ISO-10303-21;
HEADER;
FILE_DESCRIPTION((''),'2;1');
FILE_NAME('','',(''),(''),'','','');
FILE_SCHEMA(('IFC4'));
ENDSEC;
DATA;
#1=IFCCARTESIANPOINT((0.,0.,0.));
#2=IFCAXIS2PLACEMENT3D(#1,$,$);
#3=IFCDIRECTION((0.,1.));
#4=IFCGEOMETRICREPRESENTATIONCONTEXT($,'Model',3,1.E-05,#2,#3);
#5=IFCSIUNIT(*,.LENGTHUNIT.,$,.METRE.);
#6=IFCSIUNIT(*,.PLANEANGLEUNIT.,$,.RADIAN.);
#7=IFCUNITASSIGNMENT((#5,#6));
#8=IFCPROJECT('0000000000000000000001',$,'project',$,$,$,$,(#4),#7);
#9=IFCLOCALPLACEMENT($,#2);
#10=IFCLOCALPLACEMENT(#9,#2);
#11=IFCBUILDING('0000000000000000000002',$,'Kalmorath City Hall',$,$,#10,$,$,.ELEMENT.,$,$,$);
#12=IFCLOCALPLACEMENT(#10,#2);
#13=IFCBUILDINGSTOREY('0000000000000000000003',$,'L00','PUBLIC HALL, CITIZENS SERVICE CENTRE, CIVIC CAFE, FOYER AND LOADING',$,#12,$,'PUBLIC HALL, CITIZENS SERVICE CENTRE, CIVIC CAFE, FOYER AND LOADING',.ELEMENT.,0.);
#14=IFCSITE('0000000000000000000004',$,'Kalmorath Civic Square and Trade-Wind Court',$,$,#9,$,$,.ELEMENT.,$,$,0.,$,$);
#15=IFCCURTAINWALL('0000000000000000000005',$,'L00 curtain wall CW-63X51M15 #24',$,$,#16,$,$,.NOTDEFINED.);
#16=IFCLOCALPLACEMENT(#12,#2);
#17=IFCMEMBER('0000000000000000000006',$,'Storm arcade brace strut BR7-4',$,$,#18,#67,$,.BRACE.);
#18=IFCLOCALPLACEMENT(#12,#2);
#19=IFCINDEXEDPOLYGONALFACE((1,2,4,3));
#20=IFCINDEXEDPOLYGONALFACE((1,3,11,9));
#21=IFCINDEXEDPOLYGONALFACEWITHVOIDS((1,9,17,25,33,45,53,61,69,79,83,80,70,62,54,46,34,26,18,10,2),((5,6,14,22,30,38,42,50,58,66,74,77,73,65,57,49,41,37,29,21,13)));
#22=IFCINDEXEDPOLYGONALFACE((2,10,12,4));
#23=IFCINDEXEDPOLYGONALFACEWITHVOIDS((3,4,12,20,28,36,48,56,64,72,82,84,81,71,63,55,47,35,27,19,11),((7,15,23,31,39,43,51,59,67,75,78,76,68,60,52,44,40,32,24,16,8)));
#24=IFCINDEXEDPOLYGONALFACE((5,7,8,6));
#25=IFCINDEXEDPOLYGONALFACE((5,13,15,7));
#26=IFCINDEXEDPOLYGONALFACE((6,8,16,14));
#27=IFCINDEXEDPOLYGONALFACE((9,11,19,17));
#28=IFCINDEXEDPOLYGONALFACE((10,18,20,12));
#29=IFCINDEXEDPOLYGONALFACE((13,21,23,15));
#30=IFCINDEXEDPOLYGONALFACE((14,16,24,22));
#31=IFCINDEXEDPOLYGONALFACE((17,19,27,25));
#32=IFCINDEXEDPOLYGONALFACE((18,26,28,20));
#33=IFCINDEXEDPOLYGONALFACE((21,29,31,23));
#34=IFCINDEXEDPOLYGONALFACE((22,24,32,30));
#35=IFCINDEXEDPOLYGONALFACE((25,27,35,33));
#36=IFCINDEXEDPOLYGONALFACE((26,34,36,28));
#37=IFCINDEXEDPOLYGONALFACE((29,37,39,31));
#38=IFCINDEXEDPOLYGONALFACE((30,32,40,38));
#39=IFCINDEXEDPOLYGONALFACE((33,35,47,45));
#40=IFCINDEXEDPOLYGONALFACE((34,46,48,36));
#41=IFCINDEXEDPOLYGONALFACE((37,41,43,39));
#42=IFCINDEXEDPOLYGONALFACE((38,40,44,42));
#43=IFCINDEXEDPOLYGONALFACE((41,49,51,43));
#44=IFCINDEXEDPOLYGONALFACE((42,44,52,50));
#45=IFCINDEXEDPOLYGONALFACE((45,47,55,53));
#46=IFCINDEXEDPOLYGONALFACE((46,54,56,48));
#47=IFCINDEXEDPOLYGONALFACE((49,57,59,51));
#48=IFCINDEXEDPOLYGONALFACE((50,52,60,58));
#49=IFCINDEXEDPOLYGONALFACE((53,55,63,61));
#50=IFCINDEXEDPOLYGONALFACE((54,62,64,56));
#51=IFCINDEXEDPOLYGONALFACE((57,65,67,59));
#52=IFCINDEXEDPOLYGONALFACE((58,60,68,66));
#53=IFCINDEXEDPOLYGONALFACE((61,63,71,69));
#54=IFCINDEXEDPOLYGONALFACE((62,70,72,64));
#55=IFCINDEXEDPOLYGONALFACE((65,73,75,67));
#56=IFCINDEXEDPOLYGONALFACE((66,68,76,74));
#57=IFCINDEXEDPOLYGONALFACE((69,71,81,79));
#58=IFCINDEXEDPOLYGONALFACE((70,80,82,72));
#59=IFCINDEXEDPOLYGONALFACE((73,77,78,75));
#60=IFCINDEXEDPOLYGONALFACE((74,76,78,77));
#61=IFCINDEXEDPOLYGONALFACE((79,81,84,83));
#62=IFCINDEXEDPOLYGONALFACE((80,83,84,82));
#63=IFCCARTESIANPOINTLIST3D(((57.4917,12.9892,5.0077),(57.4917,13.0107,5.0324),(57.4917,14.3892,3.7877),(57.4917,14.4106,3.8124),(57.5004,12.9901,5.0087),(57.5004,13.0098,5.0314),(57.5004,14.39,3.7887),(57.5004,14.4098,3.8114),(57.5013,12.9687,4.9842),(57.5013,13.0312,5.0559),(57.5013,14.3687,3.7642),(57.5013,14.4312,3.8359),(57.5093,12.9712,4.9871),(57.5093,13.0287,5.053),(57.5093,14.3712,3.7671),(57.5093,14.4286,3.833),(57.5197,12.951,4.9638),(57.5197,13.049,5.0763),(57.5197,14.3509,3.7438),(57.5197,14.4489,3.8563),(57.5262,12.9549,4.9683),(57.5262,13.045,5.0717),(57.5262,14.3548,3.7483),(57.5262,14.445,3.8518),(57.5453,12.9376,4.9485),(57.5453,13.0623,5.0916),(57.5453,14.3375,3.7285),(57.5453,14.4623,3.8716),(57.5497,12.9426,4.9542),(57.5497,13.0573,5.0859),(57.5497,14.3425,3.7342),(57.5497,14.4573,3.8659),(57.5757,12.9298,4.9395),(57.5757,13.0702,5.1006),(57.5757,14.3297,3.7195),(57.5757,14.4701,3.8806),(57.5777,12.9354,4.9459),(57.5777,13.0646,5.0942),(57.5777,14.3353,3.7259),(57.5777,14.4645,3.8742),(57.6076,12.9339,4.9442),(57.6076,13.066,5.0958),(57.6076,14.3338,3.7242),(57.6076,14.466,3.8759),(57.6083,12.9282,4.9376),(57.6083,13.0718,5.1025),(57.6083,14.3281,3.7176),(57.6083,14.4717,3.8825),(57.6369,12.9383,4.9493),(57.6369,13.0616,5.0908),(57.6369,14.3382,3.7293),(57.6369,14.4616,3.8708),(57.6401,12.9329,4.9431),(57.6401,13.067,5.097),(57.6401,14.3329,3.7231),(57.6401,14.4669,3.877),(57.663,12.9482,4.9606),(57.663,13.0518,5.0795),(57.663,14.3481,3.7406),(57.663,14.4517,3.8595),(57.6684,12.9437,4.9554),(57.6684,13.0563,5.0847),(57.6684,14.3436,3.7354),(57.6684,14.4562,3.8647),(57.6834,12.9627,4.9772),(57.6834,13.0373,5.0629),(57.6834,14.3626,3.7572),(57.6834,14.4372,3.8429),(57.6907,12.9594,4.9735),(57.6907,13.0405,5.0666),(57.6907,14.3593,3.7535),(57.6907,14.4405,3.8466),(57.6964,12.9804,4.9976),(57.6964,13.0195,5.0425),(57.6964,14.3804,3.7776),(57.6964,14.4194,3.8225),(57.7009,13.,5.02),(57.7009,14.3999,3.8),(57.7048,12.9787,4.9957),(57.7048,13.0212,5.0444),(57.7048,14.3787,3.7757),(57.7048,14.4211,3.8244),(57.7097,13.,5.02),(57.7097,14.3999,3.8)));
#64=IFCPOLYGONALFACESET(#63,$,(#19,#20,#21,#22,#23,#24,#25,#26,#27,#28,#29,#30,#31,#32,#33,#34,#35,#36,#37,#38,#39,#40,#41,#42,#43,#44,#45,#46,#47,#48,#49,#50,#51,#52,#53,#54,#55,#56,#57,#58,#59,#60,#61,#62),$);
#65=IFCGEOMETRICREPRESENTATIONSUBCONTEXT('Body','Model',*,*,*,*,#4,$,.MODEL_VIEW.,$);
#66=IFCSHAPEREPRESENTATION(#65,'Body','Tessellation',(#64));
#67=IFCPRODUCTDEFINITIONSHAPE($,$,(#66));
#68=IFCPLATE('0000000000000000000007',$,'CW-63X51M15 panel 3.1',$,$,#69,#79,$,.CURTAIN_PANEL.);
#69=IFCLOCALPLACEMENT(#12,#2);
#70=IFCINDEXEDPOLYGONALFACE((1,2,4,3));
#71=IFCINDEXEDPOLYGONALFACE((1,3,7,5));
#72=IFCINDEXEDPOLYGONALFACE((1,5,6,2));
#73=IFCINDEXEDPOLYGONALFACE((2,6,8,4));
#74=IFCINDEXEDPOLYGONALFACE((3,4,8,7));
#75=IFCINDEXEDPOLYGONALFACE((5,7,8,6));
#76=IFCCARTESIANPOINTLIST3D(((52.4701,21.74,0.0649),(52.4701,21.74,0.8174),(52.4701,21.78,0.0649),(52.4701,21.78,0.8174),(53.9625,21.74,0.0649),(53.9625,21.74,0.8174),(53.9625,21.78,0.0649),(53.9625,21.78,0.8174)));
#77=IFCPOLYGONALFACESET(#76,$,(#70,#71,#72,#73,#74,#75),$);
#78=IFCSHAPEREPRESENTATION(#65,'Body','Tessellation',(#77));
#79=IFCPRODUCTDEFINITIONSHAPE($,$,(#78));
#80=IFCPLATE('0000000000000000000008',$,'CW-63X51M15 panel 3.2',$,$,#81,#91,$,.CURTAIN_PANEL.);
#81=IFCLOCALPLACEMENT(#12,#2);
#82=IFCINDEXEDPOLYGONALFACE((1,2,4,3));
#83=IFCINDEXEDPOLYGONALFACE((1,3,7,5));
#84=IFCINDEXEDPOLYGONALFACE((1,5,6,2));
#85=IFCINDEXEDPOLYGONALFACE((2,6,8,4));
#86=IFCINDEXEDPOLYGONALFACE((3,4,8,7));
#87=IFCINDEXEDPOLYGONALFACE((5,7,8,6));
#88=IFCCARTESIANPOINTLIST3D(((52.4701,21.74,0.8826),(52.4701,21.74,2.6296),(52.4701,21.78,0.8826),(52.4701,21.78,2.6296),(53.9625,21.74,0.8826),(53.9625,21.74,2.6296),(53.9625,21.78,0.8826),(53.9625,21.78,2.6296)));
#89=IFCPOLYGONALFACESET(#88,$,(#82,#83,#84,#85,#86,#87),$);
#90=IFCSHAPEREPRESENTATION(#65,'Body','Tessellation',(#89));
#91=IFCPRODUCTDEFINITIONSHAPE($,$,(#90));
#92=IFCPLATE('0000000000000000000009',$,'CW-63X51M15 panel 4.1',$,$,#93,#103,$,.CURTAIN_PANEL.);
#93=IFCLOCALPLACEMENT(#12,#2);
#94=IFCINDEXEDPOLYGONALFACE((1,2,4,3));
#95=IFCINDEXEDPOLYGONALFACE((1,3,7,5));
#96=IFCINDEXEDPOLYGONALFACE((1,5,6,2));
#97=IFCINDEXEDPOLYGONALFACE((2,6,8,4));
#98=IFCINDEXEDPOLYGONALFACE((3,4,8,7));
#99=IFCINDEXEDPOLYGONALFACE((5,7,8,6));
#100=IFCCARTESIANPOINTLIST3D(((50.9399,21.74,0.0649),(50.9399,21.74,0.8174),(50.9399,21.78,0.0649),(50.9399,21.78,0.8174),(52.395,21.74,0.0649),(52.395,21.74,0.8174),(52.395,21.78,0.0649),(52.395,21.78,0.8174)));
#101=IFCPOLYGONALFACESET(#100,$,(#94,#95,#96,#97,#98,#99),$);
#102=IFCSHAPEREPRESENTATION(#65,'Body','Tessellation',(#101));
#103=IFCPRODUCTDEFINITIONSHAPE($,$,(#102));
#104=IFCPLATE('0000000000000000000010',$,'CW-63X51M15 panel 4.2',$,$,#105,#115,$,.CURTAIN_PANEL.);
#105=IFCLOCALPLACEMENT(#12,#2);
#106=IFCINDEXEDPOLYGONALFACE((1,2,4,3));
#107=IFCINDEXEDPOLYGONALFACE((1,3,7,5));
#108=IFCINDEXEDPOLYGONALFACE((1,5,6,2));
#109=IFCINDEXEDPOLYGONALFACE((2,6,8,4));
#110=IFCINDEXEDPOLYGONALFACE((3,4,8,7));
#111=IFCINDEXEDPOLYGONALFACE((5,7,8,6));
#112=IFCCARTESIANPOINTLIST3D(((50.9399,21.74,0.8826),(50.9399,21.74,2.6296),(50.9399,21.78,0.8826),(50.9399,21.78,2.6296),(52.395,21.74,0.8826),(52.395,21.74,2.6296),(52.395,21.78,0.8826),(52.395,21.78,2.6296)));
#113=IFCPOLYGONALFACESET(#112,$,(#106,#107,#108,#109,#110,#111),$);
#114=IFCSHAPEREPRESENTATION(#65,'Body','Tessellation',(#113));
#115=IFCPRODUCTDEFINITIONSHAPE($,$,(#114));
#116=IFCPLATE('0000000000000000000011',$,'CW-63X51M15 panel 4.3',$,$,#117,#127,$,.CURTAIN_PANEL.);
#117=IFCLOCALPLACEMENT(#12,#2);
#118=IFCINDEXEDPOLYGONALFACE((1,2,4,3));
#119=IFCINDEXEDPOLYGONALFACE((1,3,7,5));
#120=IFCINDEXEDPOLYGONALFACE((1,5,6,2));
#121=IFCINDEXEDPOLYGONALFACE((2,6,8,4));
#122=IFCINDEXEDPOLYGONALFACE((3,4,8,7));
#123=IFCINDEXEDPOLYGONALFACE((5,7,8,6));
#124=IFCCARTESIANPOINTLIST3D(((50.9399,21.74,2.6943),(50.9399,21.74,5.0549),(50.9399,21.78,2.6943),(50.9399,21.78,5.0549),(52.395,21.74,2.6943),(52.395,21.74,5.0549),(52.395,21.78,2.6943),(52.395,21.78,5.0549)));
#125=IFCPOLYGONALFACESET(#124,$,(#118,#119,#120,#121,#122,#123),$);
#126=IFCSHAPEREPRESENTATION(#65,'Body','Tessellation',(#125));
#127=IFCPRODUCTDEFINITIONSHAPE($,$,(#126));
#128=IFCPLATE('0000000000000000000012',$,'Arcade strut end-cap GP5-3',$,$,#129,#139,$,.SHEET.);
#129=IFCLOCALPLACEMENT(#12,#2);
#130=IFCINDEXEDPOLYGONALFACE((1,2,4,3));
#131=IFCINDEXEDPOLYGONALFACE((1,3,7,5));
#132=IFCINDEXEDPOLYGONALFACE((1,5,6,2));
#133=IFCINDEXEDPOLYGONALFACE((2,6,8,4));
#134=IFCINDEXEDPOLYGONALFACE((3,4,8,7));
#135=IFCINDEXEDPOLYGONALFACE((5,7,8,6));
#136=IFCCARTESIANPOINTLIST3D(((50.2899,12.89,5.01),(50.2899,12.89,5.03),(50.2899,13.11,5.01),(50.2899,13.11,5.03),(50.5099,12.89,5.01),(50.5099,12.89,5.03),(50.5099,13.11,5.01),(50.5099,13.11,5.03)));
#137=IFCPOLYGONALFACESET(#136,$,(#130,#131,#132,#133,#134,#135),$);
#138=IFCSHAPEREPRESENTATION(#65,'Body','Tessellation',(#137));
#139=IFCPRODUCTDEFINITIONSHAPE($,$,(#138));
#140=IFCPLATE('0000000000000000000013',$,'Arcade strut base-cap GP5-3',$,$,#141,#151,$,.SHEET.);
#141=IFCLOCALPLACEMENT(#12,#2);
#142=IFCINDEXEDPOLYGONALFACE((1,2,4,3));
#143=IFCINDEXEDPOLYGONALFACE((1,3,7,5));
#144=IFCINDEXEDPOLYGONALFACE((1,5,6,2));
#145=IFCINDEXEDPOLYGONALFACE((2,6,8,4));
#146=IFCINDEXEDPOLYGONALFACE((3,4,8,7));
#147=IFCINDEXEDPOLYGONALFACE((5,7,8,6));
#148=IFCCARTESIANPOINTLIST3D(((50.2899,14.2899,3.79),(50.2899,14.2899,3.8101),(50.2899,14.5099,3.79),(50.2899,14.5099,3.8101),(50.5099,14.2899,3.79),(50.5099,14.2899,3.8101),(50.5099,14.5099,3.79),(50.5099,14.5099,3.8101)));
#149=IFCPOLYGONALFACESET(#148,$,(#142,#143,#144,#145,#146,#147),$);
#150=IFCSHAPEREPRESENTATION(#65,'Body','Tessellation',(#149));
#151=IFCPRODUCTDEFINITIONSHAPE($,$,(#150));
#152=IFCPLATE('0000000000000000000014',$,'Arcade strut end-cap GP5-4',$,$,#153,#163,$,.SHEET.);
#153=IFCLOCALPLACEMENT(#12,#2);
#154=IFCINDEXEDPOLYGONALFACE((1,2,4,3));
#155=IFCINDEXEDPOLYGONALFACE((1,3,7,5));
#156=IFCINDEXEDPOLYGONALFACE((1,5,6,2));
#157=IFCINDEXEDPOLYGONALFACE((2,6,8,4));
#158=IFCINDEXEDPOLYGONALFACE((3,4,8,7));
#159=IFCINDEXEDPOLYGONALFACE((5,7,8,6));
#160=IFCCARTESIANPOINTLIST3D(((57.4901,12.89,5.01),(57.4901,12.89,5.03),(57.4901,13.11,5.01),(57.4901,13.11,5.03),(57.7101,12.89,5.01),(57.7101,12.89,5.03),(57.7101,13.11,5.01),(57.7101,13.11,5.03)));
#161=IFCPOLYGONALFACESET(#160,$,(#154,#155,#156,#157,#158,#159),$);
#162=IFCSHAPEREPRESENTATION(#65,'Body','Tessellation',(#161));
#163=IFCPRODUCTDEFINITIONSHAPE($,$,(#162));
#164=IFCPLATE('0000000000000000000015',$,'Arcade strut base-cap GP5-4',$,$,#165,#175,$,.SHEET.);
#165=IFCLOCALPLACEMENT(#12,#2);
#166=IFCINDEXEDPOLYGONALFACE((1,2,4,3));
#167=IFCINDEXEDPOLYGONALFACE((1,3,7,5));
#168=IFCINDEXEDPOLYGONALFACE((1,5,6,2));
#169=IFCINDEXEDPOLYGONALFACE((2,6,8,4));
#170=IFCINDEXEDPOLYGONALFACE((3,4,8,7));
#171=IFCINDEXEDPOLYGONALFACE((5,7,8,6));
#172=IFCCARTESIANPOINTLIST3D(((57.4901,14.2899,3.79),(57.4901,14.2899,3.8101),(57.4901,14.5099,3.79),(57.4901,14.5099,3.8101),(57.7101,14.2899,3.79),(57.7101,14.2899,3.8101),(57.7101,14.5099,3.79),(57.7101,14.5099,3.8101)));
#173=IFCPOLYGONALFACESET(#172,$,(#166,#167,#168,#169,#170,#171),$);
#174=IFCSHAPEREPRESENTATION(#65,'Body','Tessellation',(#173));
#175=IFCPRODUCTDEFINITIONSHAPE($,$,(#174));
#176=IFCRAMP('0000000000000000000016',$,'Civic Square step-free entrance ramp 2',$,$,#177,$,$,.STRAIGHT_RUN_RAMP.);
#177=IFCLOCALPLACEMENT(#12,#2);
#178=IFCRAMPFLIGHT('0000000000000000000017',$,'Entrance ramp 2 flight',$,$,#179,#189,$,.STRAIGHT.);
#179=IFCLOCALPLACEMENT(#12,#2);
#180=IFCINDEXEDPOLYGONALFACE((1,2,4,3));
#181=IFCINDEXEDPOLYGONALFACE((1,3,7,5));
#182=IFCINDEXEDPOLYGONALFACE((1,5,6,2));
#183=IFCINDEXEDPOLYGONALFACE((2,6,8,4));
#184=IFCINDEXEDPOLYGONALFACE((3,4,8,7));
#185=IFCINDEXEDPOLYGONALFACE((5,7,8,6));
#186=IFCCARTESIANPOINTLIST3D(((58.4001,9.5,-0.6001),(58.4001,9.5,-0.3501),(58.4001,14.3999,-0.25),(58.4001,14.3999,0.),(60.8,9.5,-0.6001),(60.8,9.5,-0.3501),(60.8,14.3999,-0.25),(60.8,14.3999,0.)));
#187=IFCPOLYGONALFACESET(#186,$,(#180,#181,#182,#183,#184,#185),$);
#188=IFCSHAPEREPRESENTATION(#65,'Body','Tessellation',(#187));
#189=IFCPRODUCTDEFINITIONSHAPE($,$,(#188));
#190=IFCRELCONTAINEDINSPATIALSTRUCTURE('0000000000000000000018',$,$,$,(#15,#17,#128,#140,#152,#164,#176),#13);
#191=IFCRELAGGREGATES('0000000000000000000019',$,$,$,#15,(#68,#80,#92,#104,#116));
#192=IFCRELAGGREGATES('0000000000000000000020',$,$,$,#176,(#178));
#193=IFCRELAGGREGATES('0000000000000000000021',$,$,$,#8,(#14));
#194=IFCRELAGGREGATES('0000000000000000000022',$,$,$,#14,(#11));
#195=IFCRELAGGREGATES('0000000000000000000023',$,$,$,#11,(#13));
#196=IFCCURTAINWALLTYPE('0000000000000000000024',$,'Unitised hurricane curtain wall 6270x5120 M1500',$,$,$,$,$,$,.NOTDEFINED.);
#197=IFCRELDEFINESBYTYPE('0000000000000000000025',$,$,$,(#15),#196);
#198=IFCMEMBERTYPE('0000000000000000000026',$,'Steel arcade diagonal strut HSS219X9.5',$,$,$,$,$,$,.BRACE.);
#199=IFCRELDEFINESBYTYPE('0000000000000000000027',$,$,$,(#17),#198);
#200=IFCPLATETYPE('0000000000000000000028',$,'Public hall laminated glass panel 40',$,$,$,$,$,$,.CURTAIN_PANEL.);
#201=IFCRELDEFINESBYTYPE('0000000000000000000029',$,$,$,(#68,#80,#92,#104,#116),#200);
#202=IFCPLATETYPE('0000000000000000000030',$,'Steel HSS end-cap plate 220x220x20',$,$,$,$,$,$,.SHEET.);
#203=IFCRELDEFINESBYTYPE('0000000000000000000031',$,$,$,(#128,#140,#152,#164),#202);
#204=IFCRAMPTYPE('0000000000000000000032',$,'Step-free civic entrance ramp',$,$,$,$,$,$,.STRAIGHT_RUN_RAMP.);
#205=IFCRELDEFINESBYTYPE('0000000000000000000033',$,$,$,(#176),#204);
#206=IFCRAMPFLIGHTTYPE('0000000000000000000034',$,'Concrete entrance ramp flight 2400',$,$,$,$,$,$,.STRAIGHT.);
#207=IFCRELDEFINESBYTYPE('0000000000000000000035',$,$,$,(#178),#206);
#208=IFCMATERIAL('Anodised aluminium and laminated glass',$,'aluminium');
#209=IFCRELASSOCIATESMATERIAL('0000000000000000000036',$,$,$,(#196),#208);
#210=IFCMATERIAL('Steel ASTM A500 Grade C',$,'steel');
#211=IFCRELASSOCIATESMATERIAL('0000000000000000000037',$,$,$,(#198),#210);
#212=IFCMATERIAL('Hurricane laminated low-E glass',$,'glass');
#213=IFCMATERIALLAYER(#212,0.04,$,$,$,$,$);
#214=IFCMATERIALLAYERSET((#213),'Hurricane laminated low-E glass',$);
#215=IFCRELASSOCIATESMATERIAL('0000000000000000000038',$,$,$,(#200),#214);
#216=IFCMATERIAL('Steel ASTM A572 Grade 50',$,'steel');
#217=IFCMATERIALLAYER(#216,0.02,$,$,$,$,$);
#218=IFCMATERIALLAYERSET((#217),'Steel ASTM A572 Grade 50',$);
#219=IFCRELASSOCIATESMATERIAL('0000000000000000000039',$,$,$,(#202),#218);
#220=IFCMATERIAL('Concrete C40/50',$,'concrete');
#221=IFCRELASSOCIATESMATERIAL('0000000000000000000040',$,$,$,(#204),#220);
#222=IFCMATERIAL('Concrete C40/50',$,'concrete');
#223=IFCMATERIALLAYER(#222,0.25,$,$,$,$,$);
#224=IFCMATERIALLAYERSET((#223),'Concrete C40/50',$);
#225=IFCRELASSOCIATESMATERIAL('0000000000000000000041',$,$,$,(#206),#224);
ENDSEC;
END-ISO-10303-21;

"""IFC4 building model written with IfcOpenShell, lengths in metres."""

from ifc_helpers import new_model, si_unit, direction, frame, origin, origin_2d, place, context, subcontext, project, spatial, polyline, rectangle, hollow_circle, outline, extrude, material, layer, layer_set, material_profile, profile_set, type_object, element, aggregate, save


model = new_model("IFC4")

# Units and contexts
model_context = context("Model", 3, precision=1e-05, world=origin(), true_north=direction((0.0, 1.0)))
body_context = subcontext(model_context, "Body", "Model", "MODEL_VIEW")
ifc_project = project(units=[si_unit("LENGTHUNIT", "METRE"), si_unit("PLANEANGLEUNIT", "RADIAN")], contexts=[model_context])

# Site, building, storey
site_placement = place(None, origin())
site = spatial("IfcSite", under=ifc_project, at=site_placement, Name="Kalmorath Civic Square and Trade-Wind Court", CompositionType="ELEMENT", RefElevation=0.0)
building_placement = place(site_placement, origin())
building = spatial("IfcBuilding", under=site, at=building_placement, Name="Kalmorath City Hall", CompositionType="ELEMENT")
storey_placement = place(building_placement, origin())
storey = spatial("IfcBuildingStorey", under=building, at=storey_placement, Name="L00", Description="PUBLIC HALL, CITIZENS SERVICE CENTRE, CIVIC CAFE, FOYER AND LOADING", LongName="PUBLIC HALL, CITIZENS SERVICE CENTRE, CIVIC CAFE, FOYER AND LOADING", CompositionType="ELEMENT", Elevation=0.0)

# Curtain wall
ifc_material_1 = material(Name="Anodised aluminium and laminated glass", Category="aluminium")
curtain_wall_type = type_object("IfcCurtainWallType", Name="Unitised hurricane curtain wall 6270x5120 M1500", PredefinedType="NOTDEFINED", material=ifc_material_1)
curtain_wall_placement = place(storey_placement, origin())
curtain_wall = element("IfcCurtainWall", 1, at=curtain_wall_placement, inside=storey, type_object=curtain_wall_type, Name="L00 curtain wall CW-63X51M15 #24", PredefinedType="NOTDEFINED")

# Member
ifc_material_2 = material(Name="Steel ASTM A500 Grade C", Category="steel")
ifc_material_profile_1 = material_profile(ifc_material_2, hollow_circle(Radius=0.1096, WallThickness=0.0088, at=origin_2d()), Name="HSS219X9.5")
ifc_profile_set_1 = profile_set([ifc_material_profile_1], Name="Steel ASTM A500 Grade C")
member_type_1 = type_object("IfcMemberType", Name="Steel arcade diagonal strut HSS219X9.5", PredefinedType="BRACE", material=ifc_profile_set_1)
for number, where, z_axis, x_axis, name in (
    (2, (57.6001, 14.3999, 3.8), (0.0, -0.753895, 0.656995), (1.0, 0.0, 0.0), "Storm arcade brace strut BR7-4"),
):
    element("IfcMember", number, at=place(storey_placement, frame(where, z_axis=z_axis, x_axis=x_axis)), inside=storey, type_object=member_type_1, Name=name, PredefinedType="BRACE", context=body_context, shape_type="SweptSolid", body=[
        extrude(hollow_circle(Radius=0.1096, WallThickness=0.0088, at=origin_2d()), origin(), (0.0, 0.0, 1.0), 1.8569),
    ])

# Plates
ifc_material_3 = material(Name="Hurricane laminated low-E glass", Category="glass")
ifc_layer_1 = layer(ifc_material_3, 0.04)
ifc_layer_set_1 = layer_set([ifc_layer_1], Name="Hurricane laminated low-E glass")
plate_type_1 = type_object("IfcPlateType", Name="Public hall laminated glass panel 40", PredefinedType="CURTAIN_PANEL", material=ifc_layer_set_1)
plate_1_placement = place(storey_placement, frame((53.2163, 21.76, 0.0649), z_axis=(0.0, 0.0, 1.0), x_axis=(-1.0, 0.0, 0.0)))
plate_1 = element("IfcPlate", 3, at=plate_1_placement, type_object=plate_type_1, Name="CW-63X51M15 panel 3.1", PredefinedType="CURTAIN_PANEL", context=body_context, shape_type="SweptSolid", body=[
    extrude(rectangle(XDim=1.4924, YDim=0.04, at=origin_2d()), origin(), (0.0, 0.0, 1.0), 0.7524),
])
plate_2_placement = place(storey_placement, frame((53.2163, 21.76, 0.8826), z_axis=(0.0, 0.0, 1.0), x_axis=(-1.0, 0.0, 0.0)))
plate_2 = element("IfcPlate", 4, at=plate_2_placement, type_object=plate_type_1, Name="CW-63X51M15 panel 3.2", PredefinedType="CURTAIN_PANEL", context=body_context, shape_type="SweptSolid", body=[
    extrude(rectangle(XDim=1.4924, YDim=0.04, at=origin_2d()), origin(), (0.0, 0.0, 1.0), 1.7471),
])
plate_3_placement = place(storey_placement, frame((51.6675, 21.76, 0.0649), z_axis=(0.0, 0.0, 1.0), x_axis=(-1.0, 0.0, 0.0)))
plate_3 = element("IfcPlate", 5, at=plate_3_placement, type_object=plate_type_1, Name="CW-63X51M15 panel 4.1", PredefinedType="CURTAIN_PANEL", context=body_context, shape_type="SweptSolid", body=[
    extrude(rectangle(XDim=1.4551, YDim=0.04, at=origin_2d()), origin(), (0.0, 0.0, 1.0), 0.7524),
])
plate_4_placement = place(storey_placement, frame((51.6675, 21.76, 0.8826), z_axis=(0.0, 0.0, 1.0), x_axis=(-1.0, 0.0, 0.0)))
plate_4 = element("IfcPlate", 6, at=plate_4_placement, type_object=plate_type_1, Name="CW-63X51M15 panel 4.2", PredefinedType="CURTAIN_PANEL", context=body_context, shape_type="SweptSolid", body=[
    extrude(rectangle(XDim=1.4551, YDim=0.04, at=origin_2d()), origin(), (0.0, 0.0, 1.0), 1.7471),
])
plate_5_placement = place(storey_placement, frame((51.6675, 21.76, 2.6943), z_axis=(0.0, 0.0, 1.0), x_axis=(-1.0, 0.0, 0.0)))
plate_5 = element("IfcPlate", 7, at=plate_5_placement, type_object=plate_type_1, Name="CW-63X51M15 panel 4.3", PredefinedType="CURTAIN_PANEL", context=body_context, shape_type="SweptSolid", body=[
    extrude(rectangle(XDim=1.4551, YDim=0.04, at=origin_2d()), origin(), (0.0, 0.0, 1.0), 2.3606),
])
aggregate(curtain_wall, [plate_1, plate_2, plate_3, plate_4, plate_5])

# Plates
ifc_material_4 = material(Name="Steel ASTM A572 Grade 50", Category="steel")
ifc_layer_2 = layer(ifc_material_4, 0.02)
ifc_layer_set_2 = layer_set([ifc_layer_2], Name="Steel ASTM A572 Grade 50")
plate_type_2 = type_object("IfcPlateType", Name="Steel HSS end-cap plate 220x220x20", PredefinedType="SHEET", material=ifc_layer_set_2)
for number, where, z_axis, x_axis, name in (
    (8, (50.3999, 13.0, 5.01), (0.0, 0.0, 1.0), (1.0, 0.0, 0.0), "Arcade strut end-cap GP5-3"),
    (9, (50.3999, 14.3999, 3.79), (0.0, 0.0, 1.0), (1.0, 0.0, 0.0), "Arcade strut base-cap GP5-3"),
    (10, (57.6001, 13.0, 5.01), (0.0, 0.0, 1.0), (1.0, 0.0, 0.0), "Arcade strut end-cap GP5-4"),
    (11, (57.6001, 14.3999, 3.79), (0.0, 0.0, 1.0), (1.0, 0.0, 0.0), "Arcade strut base-cap GP5-4"),
):
    element("IfcPlate", number, at=place(storey_placement, frame(where, z_axis=z_axis, x_axis=x_axis)), inside=storey, type_object=plate_type_2, Name=name, PredefinedType="SHEET", context=body_context, shape_type="SweptSolid", body=[
        extrude(rectangle(XDim=0.22, YDim=0.22, at=origin_2d()), origin(), (0.0, 0.0, 1.0), 0.02),
    ])

# Ramp, ramp flight
ifc_material_5 = material(Name="Concrete C40/50", Category="concrete")
ramp_type = type_object("IfcRampType", Name="Step-free civic entrance ramp", PredefinedType="STRAIGHT_RUN_RAMP", material=ifc_material_5)
ramp_placement = place(storey_placement, origin())
ramp = element("IfcRamp", 12, at=ramp_placement, inside=storey, type_object=ramp_type, Name="Civic Square step-free entrance ramp 2", PredefinedType="STRAIGHT_RUN_RAMP")
ifc_material_6 = material(Name="Concrete C40/50", Category="concrete")
ifc_layer_3 = layer(ifc_material_6, 0.25)
ifc_layer_set_3 = layer_set([ifc_layer_3], Name="Concrete C40/50")
ramp_flight_type = type_object("IfcRampFlightType", Name="Concrete entrance ramp flight 2400", PredefinedType="STRAIGHT", material=ifc_layer_set_3)
ramp_flight_placement = place(storey_placement, frame((59.6001, 9.5, -0.3501), z_axis=(0.0, 0.0, 1.0), x_axis=(0.0, 1.0, 0.0)))
ramp_flight = element("IfcRampFlight", 13, at=ramp_flight_placement, type_object=ramp_flight_type, Name="Entrance ramp 2 flight", PredefinedType="STRAIGHT", context=body_context, shape_type="SweptSolid", body=[
    extrude(outline(polyline([(0.0, -0.25), (4.8999, 0.1001), (4.8999, 0.3501), (0.0, 0.0), (0.0, -0.25)])), frame((0.0, 1.2, 0.0), z_axis=(0.0, -1.0, 0.0), x_axis=(1.0, 0.0, 0.0)), (0.0, 0.0, 1.0), 2.3999),
])
aggregate(ramp, [ramp_flight])

save(model, "model.ifc")
